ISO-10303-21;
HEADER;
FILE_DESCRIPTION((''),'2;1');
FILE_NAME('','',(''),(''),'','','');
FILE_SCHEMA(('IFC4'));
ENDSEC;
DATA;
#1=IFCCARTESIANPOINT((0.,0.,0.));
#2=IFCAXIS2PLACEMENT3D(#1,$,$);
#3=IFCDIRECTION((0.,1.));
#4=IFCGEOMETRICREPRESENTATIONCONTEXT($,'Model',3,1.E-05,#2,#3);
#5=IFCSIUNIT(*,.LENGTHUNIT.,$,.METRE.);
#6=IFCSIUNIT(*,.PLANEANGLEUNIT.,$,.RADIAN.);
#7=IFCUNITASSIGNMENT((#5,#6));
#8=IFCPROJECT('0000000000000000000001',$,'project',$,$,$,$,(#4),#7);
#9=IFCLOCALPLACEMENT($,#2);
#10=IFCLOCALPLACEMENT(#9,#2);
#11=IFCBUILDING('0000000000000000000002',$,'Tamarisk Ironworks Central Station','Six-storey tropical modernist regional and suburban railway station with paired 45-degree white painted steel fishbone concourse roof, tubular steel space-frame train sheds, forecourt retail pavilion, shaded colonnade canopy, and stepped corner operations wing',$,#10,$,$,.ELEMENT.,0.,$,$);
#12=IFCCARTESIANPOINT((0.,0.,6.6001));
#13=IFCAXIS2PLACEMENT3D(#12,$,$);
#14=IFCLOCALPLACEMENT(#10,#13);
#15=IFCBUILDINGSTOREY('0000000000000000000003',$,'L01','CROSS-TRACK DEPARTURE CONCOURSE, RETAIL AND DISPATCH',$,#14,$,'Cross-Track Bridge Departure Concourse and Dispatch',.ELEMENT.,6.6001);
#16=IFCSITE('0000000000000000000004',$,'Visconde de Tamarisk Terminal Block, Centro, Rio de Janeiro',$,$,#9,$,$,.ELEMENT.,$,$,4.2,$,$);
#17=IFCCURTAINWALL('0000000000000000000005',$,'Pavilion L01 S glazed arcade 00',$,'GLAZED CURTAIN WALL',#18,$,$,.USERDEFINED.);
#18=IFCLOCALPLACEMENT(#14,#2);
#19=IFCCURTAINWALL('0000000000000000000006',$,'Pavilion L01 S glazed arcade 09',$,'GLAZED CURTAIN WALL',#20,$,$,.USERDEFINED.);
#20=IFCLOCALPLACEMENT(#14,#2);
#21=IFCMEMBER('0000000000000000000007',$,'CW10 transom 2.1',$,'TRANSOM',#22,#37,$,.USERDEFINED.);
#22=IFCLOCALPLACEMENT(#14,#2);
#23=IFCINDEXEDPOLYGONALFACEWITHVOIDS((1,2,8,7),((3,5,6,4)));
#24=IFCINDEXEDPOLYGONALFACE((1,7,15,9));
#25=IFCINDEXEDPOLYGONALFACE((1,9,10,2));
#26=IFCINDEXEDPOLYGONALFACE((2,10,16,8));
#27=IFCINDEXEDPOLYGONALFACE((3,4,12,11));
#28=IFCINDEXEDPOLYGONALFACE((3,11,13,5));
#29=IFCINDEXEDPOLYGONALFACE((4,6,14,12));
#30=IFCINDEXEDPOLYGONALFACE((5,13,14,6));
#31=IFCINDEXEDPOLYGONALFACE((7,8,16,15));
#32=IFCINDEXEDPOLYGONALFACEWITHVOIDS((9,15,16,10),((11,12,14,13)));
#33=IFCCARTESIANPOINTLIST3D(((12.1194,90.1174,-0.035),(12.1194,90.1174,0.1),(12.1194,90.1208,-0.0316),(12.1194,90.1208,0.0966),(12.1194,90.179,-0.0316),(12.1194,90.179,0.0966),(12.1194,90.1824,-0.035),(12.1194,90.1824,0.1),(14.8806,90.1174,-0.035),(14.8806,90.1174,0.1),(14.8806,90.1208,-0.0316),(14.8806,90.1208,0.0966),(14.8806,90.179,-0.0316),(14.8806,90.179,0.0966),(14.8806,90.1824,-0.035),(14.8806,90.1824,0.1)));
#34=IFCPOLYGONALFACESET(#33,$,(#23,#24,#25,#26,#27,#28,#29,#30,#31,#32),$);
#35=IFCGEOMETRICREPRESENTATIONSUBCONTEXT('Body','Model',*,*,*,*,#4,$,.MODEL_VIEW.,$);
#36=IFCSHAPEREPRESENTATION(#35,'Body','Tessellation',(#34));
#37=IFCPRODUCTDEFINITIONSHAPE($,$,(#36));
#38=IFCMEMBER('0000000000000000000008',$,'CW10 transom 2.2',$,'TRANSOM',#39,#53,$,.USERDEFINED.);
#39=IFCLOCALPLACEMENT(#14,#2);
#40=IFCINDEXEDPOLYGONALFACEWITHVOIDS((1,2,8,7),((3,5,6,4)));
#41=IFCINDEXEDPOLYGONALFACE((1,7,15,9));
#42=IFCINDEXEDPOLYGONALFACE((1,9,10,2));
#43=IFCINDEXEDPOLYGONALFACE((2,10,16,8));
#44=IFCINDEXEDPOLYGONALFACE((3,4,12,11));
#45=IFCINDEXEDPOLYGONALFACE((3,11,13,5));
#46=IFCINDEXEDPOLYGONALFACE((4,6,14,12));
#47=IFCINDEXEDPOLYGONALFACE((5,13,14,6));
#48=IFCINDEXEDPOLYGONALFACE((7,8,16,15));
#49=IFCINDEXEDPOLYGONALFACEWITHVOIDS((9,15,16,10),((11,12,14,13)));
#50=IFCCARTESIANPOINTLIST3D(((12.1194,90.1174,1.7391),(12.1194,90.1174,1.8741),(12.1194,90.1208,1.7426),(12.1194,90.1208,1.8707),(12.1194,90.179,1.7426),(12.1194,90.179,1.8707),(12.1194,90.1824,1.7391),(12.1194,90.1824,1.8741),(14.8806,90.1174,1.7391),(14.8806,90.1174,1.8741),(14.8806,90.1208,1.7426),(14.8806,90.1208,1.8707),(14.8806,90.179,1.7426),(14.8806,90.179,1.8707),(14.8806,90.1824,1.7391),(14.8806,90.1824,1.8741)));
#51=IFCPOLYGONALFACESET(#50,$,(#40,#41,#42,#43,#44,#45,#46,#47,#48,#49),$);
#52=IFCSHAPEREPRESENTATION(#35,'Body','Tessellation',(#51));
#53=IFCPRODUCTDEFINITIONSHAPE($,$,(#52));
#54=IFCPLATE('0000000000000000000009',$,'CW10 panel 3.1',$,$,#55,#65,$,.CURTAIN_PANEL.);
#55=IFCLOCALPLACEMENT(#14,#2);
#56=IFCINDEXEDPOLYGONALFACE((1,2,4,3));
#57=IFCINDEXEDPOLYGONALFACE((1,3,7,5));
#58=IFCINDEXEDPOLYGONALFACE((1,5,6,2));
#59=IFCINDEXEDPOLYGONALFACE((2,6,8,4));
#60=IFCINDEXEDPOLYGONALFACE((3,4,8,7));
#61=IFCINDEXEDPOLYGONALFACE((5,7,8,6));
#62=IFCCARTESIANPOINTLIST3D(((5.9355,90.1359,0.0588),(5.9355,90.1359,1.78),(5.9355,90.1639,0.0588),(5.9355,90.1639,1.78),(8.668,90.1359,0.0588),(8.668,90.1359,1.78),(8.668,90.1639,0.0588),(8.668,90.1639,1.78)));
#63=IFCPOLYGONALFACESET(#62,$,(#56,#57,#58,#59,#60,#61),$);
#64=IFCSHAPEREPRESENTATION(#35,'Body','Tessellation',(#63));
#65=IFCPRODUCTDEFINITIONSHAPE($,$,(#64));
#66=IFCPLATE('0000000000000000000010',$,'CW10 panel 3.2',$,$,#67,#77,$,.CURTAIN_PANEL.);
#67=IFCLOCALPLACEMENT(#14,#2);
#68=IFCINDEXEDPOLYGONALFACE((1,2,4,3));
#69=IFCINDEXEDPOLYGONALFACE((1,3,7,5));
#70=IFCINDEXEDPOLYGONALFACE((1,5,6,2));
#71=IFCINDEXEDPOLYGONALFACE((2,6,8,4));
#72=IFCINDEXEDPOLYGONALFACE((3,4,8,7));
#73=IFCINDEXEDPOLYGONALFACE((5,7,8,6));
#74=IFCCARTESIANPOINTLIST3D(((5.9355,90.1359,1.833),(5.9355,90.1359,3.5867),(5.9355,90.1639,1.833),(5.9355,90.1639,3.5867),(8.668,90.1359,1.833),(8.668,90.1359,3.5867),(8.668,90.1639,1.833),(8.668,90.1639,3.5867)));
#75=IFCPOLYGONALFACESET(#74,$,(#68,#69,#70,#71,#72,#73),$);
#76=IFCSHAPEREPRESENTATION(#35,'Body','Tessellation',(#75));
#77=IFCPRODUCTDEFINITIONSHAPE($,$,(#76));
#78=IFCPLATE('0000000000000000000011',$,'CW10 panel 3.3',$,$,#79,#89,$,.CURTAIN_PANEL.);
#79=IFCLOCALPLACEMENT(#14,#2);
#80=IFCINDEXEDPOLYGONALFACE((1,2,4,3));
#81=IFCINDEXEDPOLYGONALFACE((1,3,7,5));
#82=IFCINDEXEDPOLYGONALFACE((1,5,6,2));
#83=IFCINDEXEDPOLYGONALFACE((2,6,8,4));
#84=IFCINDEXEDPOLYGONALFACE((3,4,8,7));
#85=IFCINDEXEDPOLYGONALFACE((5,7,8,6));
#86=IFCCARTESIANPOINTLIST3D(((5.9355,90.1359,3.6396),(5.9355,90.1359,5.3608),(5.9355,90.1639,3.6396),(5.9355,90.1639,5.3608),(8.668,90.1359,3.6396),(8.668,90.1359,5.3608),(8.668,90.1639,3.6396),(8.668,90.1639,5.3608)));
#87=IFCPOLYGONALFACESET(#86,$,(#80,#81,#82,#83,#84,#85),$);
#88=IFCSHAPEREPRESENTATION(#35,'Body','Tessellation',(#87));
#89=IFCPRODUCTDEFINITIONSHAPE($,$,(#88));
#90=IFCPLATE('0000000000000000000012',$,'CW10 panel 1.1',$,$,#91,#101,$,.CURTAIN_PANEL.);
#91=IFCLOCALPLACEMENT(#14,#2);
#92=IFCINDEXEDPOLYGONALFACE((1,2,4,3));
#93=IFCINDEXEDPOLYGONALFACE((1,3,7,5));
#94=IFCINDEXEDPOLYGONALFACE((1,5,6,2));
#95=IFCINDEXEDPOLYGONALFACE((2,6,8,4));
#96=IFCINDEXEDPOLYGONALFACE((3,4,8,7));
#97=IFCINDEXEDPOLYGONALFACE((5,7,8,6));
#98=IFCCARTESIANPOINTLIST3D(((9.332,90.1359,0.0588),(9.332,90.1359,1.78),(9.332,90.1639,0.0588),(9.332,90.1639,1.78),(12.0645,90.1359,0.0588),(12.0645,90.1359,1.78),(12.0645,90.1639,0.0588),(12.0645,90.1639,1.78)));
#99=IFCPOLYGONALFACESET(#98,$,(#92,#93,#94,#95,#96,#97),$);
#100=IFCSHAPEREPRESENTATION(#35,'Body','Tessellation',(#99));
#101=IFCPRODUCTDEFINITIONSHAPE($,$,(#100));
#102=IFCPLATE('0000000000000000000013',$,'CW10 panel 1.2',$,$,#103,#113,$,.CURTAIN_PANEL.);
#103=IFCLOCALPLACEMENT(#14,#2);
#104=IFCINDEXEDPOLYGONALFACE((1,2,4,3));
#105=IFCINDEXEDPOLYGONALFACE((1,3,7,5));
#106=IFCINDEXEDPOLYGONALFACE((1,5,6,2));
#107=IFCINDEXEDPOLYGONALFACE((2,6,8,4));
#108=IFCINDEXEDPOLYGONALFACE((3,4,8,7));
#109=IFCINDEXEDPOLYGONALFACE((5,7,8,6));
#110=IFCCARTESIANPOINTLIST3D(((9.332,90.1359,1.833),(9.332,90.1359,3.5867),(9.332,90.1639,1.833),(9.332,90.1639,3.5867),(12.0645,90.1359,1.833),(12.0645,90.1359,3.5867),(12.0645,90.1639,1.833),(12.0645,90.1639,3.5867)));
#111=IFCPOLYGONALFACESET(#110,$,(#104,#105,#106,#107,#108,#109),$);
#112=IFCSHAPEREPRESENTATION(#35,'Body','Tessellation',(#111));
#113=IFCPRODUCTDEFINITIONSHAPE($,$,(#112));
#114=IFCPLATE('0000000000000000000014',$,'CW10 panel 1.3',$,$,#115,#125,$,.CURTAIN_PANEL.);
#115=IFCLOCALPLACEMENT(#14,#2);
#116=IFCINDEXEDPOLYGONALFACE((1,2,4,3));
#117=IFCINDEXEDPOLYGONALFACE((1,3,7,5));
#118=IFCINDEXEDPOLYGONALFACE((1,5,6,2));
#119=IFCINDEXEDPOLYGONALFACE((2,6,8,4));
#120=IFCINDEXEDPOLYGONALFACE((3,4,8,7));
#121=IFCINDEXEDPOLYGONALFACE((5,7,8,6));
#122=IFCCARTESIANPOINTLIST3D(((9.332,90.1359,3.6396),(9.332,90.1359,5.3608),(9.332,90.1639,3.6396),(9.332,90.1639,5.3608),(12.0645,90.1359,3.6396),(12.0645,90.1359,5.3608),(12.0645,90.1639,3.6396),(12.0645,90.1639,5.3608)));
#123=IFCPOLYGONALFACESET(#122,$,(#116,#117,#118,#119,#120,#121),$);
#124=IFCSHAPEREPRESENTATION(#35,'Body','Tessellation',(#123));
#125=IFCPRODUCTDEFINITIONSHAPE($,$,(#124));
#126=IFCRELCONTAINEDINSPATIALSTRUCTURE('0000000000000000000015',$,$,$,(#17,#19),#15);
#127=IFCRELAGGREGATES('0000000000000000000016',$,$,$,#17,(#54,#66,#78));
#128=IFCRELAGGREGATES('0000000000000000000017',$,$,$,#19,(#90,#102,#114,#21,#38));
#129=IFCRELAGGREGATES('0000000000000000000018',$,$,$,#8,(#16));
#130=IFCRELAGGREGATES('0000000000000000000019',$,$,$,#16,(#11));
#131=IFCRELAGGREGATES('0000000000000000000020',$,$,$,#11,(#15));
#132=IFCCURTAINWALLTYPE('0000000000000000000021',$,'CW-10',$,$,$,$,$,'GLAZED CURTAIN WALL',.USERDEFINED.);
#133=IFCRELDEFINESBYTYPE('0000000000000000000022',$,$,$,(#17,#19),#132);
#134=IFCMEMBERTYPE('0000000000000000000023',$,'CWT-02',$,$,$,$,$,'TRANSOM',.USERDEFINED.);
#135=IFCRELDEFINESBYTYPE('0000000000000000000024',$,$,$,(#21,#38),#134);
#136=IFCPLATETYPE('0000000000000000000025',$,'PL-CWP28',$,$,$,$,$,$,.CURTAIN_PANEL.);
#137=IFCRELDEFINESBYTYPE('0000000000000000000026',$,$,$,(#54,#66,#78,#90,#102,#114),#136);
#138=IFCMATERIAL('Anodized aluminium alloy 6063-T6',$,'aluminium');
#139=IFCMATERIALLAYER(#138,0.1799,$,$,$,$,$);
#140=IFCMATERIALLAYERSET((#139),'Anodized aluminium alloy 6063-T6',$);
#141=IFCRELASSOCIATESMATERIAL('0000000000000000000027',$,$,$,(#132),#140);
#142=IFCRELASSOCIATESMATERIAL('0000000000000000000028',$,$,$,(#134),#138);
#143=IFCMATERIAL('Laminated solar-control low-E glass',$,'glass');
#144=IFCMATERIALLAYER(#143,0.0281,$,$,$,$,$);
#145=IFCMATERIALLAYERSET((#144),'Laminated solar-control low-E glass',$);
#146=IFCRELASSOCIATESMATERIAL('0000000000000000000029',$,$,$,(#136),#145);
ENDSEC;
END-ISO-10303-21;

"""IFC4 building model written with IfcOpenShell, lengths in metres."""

from ifc_helpers import new_model, si_unit, direction, frame, origin, origin_2d, place, context, subcontext, project, spatial, rectangle, hollow_rectangle, extrude, material, layer, layer_set, material_profile, profile_set, type_object, element, aggregate, save


model = new_model("IFC4")

# Units and contexts
model_context = context("Model", 3, precision=1e-05, world=origin(), true_north=direction((0.0, 1.0)))
body_context = subcontext(model_context, "Body", "Model", "MODEL_VIEW")
ifc_project = project(units=[si_unit("LENGTHUNIT", "METRE"), si_unit("PLANEANGLEUNIT", "RADIAN")], contexts=[model_context])

# Site, building, storey
site_placement = place(None, origin())
site = spatial("IfcSite", under=ifc_project, at=site_placement, Name="Visconde de Tamarisk Terminal Block, Centro, Rio de Janeiro", CompositionType="ELEMENT", RefElevation=4.2)
building_placement = place(site_placement, origin())
building = spatial("IfcBuilding", under=site, at=building_placement, Name="Tamarisk Ironworks Central Station", Description="Six-storey tropical modernist regional and suburban railway station with paired 45-degree white painted steel fishbone concourse roof, tubular steel space-frame train sheds, forecourt retail pavilion, shaded colonnade canopy, and stepped corner operations wing", CompositionType="ELEMENT", ElevationOfRefHeight=0.0)
storey_placement = place(building_placement, frame((0.0, 0.0, 6.6001)))
storey = spatial("IfcBuildingStorey", under=building, at=storey_placement, Name="L01", Description="CROSS-TRACK DEPARTURE CONCOURSE, RETAIL AND DISPATCH", LongName="Cross-Track Bridge Departure Concourse and Dispatch", CompositionType="ELEMENT", Elevation=6.6001)

# Curtain wall
ifc_material_1 = material(Name="Anodized aluminium alloy 6063-T6", Category="aluminium")
ifc_layer_1 = layer(ifc_material_1, 0.1799)
ifc_layer_set_1 = layer_set([ifc_layer_1], Name="Anodized aluminium alloy 6063-T6")
curtain_wall_type = type_object("IfcCurtainWallType", Name="CW-10", ElementType="GLAZED CURTAIN WALL", PredefinedType="USERDEFINED", material=ifc_layer_set_1)
curtain_wall_1_placement = place(storey_placement, origin())
curtain_wall_1 = element("IfcCurtainWall", 1, at=curtain_wall_1_placement, inside=storey, type_object=curtain_wall_type, Name="Pavilion L01 S glazed arcade 00", ObjectType="GLAZED CURTAIN WALL", PredefinedType="USERDEFINED")

# Curtain wall
curtain_wall_2_placement = place(storey_placement, origin())
curtain_wall_2 = element("IfcCurtainWall", 2, at=curtain_wall_2_placement, inside=storey, type_object=curtain_wall_type, Name="Pavilion L01 S glazed arcade 09", ObjectType="GLAZED CURTAIN WALL", PredefinedType="USERDEFINED")

# Members
ifc_material_profile_1 = material_profile(ifc_material_1, hollow_rectangle(XDim=0.0649, YDim=0.135, WallThickness=0.0034, at=origin_2d()), Name="ALUM 135x65")
ifc_profile_set_1 = profile_set([ifc_material_profile_1], Name="Anodized aluminium alloy 6063-T6")
member_type_1 = type_object("IfcMemberType", Name="CWT-02", ElementType="TRANSOM", PredefinedType="USERDEFINED", material=ifc_profile_set_1)
member_1_placement = place(storey_placement, frame((12.1194, 90.1499, 0.0325), z_axis=(1.0, 0.0, 0.0), x_axis=(0.0, 1.0, 0.0)))
member_1 = element("IfcMember", 3, at=member_1_placement, type_object=member_type_1, Name="CW10 transom 2.1", ObjectType="TRANSOM", PredefinedType="USERDEFINED", context=body_context, shape_type="SweptSolid", body=[
    extrude(hollow_rectangle(XDim=0.0649, YDim=0.135, WallThickness=0.0034, at=origin_2d()), origin(), (0.0, 0.0, 1.0), 2.7612),
])
member_2_placement = place(storey_placement, frame((12.1194, 90.1499, 1.8066), z_axis=(1.0, 0.0, 0.0), x_axis=(0.0, 1.0, 0.0)))
member_2 = element("IfcMember", 4, at=member_2_placement, type_object=member_type_1, Name="CW10 transom 2.2", ObjectType="TRANSOM", PredefinedType="USERDEFINED", context=body_context, shape_type="SweptSolid", body=[
    extrude(hollow_rectangle(XDim=0.0649, YDim=0.135, WallThickness=0.0034, at=origin_2d()), origin(), (0.0, 0.0, 1.0), 2.7612),
])

# Plates
ifc_material_2 = material(Name="Laminated solar-control low-E glass", Category="glass")
ifc_layer_2 = layer(ifc_material_2, 0.0281)
ifc_layer_set_2 = layer_set([ifc_layer_2], Name="Laminated solar-control low-E glass")
plate_type = type_object("IfcPlateType", Name="PL-CWP28", PredefinedType="CURTAIN_PANEL", material=ifc_layer_set_2)
plate_1_placement = place(storey_placement, frame((7.3018, 90.1499, 0.0588), z_axis=(0.0, 0.0, 1.0), x_axis=(1.0, 0.0, 0.0)))
plate_1 = element("IfcPlate", 5, at=plate_1_placement, type_object=plate_type, Name="CW10 panel 3.1", PredefinedType="CURTAIN_PANEL", context=body_context, shape_type="SweptSolid", body=[
    extrude(rectangle(XDim=2.7324, YDim=0.0281, at=origin_2d()), origin(), (0.0, 0.0, 1.0), 1.7212),
])
plate_2_placement = place(storey_placement, frame((7.3018, 90.1499, 1.833), z_axis=(0.0, 0.0, 1.0), x_axis=(1.0, 0.0, 0.0)))
plate_2 = element("IfcPlate", 6, at=plate_2_placement, type_object=plate_type, Name="CW10 panel 3.2", PredefinedType="CURTAIN_PANEL", context=body_context, shape_type="SweptSolid", body=[
    extrude(rectangle(XDim=2.7324, YDim=0.0281, at=origin_2d()), origin(), (0.0, 0.0, 1.0), 1.7537),
])
plate_3_placement = place(storey_placement, frame((7.3018, 90.1499, 3.6396), z_axis=(0.0, 0.0, 1.0), x_axis=(1.0, 0.0, 0.0)))
plate_3 = element("IfcPlate", 7, at=plate_3_placement, type_object=plate_type, Name="CW10 panel 3.3", PredefinedType="CURTAIN_PANEL", context=body_context, shape_type="SweptSolid", body=[
    extrude(rectangle(XDim=2.7324, YDim=0.0281, at=origin_2d()), origin(), (0.0, 0.0, 1.0), 1.7212),
])
aggregate(curtain_wall_1, [plate_1, plate_2, plate_3])
plate_4_placement = place(storey_placement, frame((10.6982, 90.1499, 0.0588), z_axis=(0.0, 0.0, 1.0), x_axis=(1.0, 0.0, 0.0)))
plate_4 = element("IfcPlate", 8, at=plate_4_placement, type_object=plate_type, Name="CW10 panel 1.1", PredefinedType="CURTAIN_PANEL", context=body_context, shape_type="SweptSolid", body=[
    extrude(rectangle(XDim=2.7324, YDim=0.0281, at=origin_2d()), origin(), (0.0, 0.0, 1.0), 1.7212),
])
plate_5_placement = place(storey_placement, frame((10.6982, 90.1499, 1.833), z_axis=(0.0, 0.0, 1.0), x_axis=(1.0, 0.0, 0.0)))
plate_5 = element("IfcPlate", 9, at=plate_5_placement, type_object=plate_type, Name="CW10 panel 1.2", PredefinedType="CURTAIN_PANEL", context=body_context, shape_type="SweptSolid", body=[
    extrude(rectangle(XDim=2.7324, YDim=0.0281, at=origin_2d()), origin(), (0.0, 0.0, 1.0), 1.7537),
])
plate_6_placement = place(storey_placement, frame((10.6982, 90.1499, 3.6396), z_axis=(0.0, 0.0, 1.0), x_axis=(1.0, 0.0, 0.0)))
plate_6 = element("IfcPlate", 10, at=plate_6_placement, type_object=plate_type, Name="CW10 panel 1.3", PredefinedType="CURTAIN_PANEL", context=body_context, shape_type="SweptSolid", body=[
    extrude(rectangle(XDim=2.7324, YDim=0.0281, at=origin_2d()), origin(), (0.0, 0.0, 1.0), 1.7212),
])
aggregate(curtain_wall_2, [plate_4, plate_5, plate_6, member_1, member_2])

save(model, "model.ifc")
